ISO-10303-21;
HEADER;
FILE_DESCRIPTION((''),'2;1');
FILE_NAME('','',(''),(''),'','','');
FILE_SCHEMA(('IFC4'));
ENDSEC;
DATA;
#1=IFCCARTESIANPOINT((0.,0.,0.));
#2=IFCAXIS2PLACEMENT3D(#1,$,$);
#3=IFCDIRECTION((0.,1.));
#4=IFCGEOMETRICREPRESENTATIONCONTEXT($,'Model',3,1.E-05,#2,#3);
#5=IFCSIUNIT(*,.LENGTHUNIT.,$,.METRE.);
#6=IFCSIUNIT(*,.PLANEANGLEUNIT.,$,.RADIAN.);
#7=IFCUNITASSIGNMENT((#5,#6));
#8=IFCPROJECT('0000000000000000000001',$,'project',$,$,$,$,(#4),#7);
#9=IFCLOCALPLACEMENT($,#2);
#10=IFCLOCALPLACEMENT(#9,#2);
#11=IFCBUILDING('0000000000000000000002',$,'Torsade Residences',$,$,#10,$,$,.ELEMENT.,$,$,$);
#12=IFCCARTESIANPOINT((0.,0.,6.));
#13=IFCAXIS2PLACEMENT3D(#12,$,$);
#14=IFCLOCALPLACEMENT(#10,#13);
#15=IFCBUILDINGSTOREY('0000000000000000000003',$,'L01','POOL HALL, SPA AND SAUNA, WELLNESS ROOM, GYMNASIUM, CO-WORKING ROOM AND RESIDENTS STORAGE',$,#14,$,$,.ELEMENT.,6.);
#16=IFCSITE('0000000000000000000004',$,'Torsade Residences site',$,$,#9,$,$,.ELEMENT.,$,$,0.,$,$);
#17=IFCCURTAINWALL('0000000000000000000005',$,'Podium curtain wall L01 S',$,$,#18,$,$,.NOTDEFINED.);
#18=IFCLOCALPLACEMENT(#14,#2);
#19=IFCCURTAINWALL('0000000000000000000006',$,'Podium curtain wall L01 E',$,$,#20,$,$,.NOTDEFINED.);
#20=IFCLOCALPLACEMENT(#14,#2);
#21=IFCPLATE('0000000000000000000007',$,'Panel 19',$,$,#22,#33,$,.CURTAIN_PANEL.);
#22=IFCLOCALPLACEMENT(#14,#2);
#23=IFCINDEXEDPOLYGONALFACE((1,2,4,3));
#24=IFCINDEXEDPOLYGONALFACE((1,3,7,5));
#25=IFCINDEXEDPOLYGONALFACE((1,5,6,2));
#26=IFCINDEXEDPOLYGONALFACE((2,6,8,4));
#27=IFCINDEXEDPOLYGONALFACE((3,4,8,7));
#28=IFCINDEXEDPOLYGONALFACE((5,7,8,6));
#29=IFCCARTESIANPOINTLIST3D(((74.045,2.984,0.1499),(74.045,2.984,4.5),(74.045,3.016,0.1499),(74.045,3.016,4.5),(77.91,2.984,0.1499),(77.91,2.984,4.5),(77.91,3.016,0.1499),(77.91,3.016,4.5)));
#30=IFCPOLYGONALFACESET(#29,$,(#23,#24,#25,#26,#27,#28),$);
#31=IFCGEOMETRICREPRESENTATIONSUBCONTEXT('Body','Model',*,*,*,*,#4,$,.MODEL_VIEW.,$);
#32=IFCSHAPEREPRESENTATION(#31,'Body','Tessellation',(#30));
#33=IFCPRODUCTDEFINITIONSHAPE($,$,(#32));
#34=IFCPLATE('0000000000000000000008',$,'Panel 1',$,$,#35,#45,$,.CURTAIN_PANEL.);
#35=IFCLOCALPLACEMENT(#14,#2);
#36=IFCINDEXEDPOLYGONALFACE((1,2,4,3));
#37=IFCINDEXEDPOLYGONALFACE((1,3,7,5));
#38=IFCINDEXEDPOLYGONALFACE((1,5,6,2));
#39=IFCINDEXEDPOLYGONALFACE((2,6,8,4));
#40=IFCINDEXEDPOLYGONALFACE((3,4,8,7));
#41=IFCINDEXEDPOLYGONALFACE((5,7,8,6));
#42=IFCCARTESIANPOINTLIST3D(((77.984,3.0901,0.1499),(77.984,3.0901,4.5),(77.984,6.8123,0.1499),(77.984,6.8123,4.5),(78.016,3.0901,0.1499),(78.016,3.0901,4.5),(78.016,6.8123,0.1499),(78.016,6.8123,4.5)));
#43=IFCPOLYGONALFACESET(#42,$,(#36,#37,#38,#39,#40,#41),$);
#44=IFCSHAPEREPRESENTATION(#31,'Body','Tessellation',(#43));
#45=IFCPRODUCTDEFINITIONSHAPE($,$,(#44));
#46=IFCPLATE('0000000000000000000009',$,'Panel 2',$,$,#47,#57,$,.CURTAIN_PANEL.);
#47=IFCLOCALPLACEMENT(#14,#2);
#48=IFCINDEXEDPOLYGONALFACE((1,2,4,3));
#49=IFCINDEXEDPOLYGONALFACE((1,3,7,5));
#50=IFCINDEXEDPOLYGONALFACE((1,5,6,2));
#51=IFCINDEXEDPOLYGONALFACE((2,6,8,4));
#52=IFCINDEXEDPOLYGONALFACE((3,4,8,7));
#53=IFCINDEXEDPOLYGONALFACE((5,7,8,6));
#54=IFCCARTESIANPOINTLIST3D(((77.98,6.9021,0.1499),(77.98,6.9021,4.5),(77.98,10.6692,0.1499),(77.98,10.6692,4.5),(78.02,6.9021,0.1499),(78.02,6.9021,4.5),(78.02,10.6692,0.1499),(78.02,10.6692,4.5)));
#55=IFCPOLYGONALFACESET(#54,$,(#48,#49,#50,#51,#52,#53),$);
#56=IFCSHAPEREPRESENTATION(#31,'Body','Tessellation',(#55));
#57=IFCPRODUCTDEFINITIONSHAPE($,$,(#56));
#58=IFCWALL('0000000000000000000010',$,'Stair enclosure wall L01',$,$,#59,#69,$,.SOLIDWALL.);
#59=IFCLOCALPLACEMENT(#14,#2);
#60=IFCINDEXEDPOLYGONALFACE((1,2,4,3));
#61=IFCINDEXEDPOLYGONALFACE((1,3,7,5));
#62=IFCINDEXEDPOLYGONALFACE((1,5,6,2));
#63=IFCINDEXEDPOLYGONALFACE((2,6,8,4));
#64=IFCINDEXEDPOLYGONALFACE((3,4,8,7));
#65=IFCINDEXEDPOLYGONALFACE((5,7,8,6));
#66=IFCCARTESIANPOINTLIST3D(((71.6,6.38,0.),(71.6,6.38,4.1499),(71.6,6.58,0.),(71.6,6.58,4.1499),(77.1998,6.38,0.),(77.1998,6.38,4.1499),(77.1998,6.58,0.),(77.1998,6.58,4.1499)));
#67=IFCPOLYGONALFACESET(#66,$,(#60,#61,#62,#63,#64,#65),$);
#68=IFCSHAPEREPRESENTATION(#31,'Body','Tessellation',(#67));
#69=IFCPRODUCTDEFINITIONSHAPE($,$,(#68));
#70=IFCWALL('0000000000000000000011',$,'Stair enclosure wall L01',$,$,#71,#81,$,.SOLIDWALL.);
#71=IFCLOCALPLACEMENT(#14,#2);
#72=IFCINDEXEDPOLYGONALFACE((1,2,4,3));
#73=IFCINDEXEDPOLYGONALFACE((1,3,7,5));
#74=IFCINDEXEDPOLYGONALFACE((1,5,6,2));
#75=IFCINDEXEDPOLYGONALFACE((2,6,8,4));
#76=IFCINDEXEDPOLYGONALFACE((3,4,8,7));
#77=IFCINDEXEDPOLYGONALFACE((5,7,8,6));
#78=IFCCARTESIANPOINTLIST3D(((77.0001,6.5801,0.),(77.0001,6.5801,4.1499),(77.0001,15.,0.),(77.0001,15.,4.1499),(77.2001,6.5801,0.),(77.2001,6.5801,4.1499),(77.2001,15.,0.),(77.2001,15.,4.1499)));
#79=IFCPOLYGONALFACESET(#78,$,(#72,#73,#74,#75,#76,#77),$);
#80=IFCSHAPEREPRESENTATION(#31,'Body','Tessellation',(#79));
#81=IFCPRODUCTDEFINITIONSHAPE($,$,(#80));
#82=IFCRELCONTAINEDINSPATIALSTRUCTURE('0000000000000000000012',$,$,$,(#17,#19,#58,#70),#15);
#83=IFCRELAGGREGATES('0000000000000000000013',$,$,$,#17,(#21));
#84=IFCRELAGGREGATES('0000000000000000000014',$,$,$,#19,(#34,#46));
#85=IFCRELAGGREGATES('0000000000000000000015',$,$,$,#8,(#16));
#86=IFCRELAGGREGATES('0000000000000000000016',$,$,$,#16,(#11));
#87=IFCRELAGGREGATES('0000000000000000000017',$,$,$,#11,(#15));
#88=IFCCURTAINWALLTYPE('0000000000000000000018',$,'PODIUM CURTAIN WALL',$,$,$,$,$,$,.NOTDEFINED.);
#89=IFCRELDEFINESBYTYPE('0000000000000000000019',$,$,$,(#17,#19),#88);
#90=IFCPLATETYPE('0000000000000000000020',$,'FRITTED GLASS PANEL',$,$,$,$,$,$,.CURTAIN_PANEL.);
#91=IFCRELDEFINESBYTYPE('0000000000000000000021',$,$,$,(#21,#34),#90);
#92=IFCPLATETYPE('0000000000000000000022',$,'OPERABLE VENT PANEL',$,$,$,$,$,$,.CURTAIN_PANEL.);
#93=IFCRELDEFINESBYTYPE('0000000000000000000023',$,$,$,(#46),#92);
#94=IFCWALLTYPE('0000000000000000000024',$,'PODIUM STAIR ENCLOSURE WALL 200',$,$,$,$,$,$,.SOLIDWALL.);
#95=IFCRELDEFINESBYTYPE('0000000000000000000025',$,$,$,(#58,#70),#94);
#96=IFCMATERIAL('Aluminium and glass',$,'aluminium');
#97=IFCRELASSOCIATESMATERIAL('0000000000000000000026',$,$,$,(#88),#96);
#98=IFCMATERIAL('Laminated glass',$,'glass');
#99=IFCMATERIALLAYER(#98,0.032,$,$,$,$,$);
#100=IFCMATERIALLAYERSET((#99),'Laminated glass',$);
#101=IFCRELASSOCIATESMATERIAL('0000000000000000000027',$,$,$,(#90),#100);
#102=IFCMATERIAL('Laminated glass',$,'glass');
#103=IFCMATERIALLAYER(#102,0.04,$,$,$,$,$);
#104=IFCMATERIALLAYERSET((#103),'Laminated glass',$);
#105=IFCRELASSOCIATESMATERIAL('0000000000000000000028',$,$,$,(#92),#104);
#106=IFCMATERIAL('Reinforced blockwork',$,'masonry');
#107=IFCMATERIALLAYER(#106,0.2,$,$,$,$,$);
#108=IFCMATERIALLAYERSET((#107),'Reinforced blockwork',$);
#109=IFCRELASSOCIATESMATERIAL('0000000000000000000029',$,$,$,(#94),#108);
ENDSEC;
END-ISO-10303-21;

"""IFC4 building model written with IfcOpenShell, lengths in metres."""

from ifc_helpers import new_model, si_unit, direction, frame, frame_2d, origin, origin_2d, place, context, subcontext, project, spatial, rectangle, extrude, material, layer, layer_set, type_object, element, aggregate, save


model = new_model("IFC4")

# Units and contexts
model_context = context("Model", 3, precision=1e-05, world=origin(), true_north=direction((0.0, 1.0)))
body_context = subcontext(model_context, "Body", "Model", "MODEL_VIEW")
ifc_project = project(units=[si_unit("LENGTHUNIT", "METRE"), si_unit("PLANEANGLEUNIT", "RADIAN")], contexts=[model_context])

# Site, building, storey
site_placement = place(None, origin())
site = spatial("IfcSite", under=ifc_project, at=site_placement, Name="Torsade Residences site", CompositionType="ELEMENT", RefElevation=0.0)
building_placement = place(site_placement, origin())
building = spatial("IfcBuilding", under=site, at=building_placement, Name="Torsade Residences", CompositionType="ELEMENT")
storey_placement = place(building_placement, frame((0.0, 0.0, 6.0)))
storey = spatial("IfcBuildingStorey", under=building, at=storey_placement, Name="L01", Description="POOL HALL, SPA AND SAUNA, WELLNESS ROOM, GYMNASIUM, CO-WORKING ROOM AND RESIDENTS STORAGE", CompositionType="ELEMENT", Elevation=6.0)

# Curtain walls
ifc_material_1 = material(Name="Aluminium and glass", Category="aluminium")
curtain_wall_type = type_object("IfcCurtainWallType", Name="PODIUM CURTAIN WALL", PredefinedType="NOTDEFINED", material=ifc_material_1)
curtain_wall_1_placement = place(storey_placement, origin())
curtain_wall_1 = element("IfcCurtainWall", 1, at=curtain_wall_1_placement, inside=storey, type_object=curtain_wall_type, Name="Podium curtain wall L01 S", PredefinedType="NOTDEFINED")
curtain_wall_2_placement = place(storey_placement, origin())
curtain_wall_2 = element("IfcCurtainWall", 2, at=curtain_wall_2_placement, inside=storey, type_object=curtain_wall_type, Name="Podium curtain wall L01 E", PredefinedType="NOTDEFINED")

# Plates
ifc_material_2 = material(Name="Laminated glass", Category="glass")
ifc_layer_1 = layer(ifc_material_2, 0.032)
ifc_layer_set_1 = layer_set([ifc_layer_1], Name="Laminated glass")
plate_type_1 = type_object("IfcPlateType", Name="FRITTED GLASS PANEL", PredefinedType="CURTAIN_PANEL", material=ifc_layer_set_1)
plate_1_placement = place(storey_placement, frame((75.9775, 3.0, 0.1499), z_axis=(0.0, 0.0, 1.0), x_axis=(1.0, 0.0, 0.0)))
plate_1 = element("IfcPlate", 3, at=plate_1_placement, type_object=plate_type_1, Name="Panel 19", PredefinedType="CURTAIN_PANEL", context=body_context, shape_type="SweptSolid", body=[
    extrude(rectangle(XDim=3.865, YDim=0.032, at=origin_2d()), origin(), (0.0, 0.0, 1.0), 4.3501),
])
aggregate(curtain_wall_1, [plate_1])
plate_2_placement = place(storey_placement, frame((78.0, 4.9512, 0.1499), z_axis=(0.0, 0.0, 1.0), x_axis=(0.0, 1.0, 0.0)))
plate_2 = element("IfcPlate", 4, at=plate_2_placement, type_object=plate_type_1, Name="Panel 1", PredefinedType="CURTAIN_PANEL", context=body_context, shape_type="SweptSolid", body=[
    extrude(rectangle(XDim=3.7222, YDim=0.032, at=origin_2d()), origin(), (0.0, 0.0, 1.0), 4.3501),
])
ifc_material_3 = material(Name="Laminated glass", Category="glass")
ifc_layer_2 = layer(ifc_material_3, 0.04)
ifc_layer_set_2 = layer_set([ifc_layer_2], Name="Laminated glass")
plate_type_2 = type_object("IfcPlateType", Name="OPERABLE VENT PANEL", PredefinedType="CURTAIN_PANEL", material=ifc_layer_set_2)
plate_3_placement = place(storey_placement, frame((78.0, 8.7856, 0.1499), z_axis=(0.0, 0.0, 1.0), x_axis=(0.0, 1.0, 0.0)))
plate_3 = element("IfcPlate", 5, at=plate_3_placement, type_object=plate_type_2, Name="Panel 2", PredefinedType="CURTAIN_PANEL", context=body_context, shape_type="SweptSolid", body=[
    extrude(rectangle(XDim=3.7671, YDim=0.04, at=origin_2d()), origin(), (0.0, 0.0, 1.0), 4.3501),
])
aggregate(curtain_wall_2, [plate_2, plate_3])

# Walls
ifc_material_4 = material(Name="Reinforced blockwork", Category="masonry")
ifc_layer_3 = layer(ifc_material_4, 0.2)
ifc_layer_set_3 = layer_set([ifc_layer_3], Name="Reinforced blockwork")
wall_type = type_object("IfcWallType", Name="PODIUM STAIR ENCLOSURE WALL 200", PredefinedType="SOLIDWALL", material=ifc_layer_set_3)
wall_1_placement = place(storey_placement, frame((71.6001, 6.48, 0.0), z_axis=(0.0, 0.0, 1.0), x_axis=(1.0, 0.0, 0.0)))
element("IfcWall", 6, at=wall_1_placement, inside=storey, type_object=wall_type, Name="Stair enclosure wall L01", PredefinedType="SOLIDWALL", context=body_context, shape_type="SweptSolid", body=[
    extrude(rectangle(XDim=5.5999, YDim=0.2, at=frame_2d((2.7998, 0.0))), origin(), (0.0, 0.0, 1.0), 4.1499),
])
wall_2_placement = place(storey_placement, frame((77.1001, 6.5801, 0.0), z_axis=(0.0, 0.0, 1.0), x_axis=(0.0, 1.0, 0.0)))
element("IfcWall", 7, at=wall_2_placement, inside=storey, type_object=wall_type, Name="Stair enclosure wall L01", PredefinedType="SOLIDWALL", context=body_context, shape_type="SweptSolid", body=[
    extrude(rectangle(XDim=8.4199, YDim=0.2, at=frame_2d((4.21, 0.0))), origin(), (0.0, 0.0, 1.0), 4.1499),
])

save(model, "model.ifc")
